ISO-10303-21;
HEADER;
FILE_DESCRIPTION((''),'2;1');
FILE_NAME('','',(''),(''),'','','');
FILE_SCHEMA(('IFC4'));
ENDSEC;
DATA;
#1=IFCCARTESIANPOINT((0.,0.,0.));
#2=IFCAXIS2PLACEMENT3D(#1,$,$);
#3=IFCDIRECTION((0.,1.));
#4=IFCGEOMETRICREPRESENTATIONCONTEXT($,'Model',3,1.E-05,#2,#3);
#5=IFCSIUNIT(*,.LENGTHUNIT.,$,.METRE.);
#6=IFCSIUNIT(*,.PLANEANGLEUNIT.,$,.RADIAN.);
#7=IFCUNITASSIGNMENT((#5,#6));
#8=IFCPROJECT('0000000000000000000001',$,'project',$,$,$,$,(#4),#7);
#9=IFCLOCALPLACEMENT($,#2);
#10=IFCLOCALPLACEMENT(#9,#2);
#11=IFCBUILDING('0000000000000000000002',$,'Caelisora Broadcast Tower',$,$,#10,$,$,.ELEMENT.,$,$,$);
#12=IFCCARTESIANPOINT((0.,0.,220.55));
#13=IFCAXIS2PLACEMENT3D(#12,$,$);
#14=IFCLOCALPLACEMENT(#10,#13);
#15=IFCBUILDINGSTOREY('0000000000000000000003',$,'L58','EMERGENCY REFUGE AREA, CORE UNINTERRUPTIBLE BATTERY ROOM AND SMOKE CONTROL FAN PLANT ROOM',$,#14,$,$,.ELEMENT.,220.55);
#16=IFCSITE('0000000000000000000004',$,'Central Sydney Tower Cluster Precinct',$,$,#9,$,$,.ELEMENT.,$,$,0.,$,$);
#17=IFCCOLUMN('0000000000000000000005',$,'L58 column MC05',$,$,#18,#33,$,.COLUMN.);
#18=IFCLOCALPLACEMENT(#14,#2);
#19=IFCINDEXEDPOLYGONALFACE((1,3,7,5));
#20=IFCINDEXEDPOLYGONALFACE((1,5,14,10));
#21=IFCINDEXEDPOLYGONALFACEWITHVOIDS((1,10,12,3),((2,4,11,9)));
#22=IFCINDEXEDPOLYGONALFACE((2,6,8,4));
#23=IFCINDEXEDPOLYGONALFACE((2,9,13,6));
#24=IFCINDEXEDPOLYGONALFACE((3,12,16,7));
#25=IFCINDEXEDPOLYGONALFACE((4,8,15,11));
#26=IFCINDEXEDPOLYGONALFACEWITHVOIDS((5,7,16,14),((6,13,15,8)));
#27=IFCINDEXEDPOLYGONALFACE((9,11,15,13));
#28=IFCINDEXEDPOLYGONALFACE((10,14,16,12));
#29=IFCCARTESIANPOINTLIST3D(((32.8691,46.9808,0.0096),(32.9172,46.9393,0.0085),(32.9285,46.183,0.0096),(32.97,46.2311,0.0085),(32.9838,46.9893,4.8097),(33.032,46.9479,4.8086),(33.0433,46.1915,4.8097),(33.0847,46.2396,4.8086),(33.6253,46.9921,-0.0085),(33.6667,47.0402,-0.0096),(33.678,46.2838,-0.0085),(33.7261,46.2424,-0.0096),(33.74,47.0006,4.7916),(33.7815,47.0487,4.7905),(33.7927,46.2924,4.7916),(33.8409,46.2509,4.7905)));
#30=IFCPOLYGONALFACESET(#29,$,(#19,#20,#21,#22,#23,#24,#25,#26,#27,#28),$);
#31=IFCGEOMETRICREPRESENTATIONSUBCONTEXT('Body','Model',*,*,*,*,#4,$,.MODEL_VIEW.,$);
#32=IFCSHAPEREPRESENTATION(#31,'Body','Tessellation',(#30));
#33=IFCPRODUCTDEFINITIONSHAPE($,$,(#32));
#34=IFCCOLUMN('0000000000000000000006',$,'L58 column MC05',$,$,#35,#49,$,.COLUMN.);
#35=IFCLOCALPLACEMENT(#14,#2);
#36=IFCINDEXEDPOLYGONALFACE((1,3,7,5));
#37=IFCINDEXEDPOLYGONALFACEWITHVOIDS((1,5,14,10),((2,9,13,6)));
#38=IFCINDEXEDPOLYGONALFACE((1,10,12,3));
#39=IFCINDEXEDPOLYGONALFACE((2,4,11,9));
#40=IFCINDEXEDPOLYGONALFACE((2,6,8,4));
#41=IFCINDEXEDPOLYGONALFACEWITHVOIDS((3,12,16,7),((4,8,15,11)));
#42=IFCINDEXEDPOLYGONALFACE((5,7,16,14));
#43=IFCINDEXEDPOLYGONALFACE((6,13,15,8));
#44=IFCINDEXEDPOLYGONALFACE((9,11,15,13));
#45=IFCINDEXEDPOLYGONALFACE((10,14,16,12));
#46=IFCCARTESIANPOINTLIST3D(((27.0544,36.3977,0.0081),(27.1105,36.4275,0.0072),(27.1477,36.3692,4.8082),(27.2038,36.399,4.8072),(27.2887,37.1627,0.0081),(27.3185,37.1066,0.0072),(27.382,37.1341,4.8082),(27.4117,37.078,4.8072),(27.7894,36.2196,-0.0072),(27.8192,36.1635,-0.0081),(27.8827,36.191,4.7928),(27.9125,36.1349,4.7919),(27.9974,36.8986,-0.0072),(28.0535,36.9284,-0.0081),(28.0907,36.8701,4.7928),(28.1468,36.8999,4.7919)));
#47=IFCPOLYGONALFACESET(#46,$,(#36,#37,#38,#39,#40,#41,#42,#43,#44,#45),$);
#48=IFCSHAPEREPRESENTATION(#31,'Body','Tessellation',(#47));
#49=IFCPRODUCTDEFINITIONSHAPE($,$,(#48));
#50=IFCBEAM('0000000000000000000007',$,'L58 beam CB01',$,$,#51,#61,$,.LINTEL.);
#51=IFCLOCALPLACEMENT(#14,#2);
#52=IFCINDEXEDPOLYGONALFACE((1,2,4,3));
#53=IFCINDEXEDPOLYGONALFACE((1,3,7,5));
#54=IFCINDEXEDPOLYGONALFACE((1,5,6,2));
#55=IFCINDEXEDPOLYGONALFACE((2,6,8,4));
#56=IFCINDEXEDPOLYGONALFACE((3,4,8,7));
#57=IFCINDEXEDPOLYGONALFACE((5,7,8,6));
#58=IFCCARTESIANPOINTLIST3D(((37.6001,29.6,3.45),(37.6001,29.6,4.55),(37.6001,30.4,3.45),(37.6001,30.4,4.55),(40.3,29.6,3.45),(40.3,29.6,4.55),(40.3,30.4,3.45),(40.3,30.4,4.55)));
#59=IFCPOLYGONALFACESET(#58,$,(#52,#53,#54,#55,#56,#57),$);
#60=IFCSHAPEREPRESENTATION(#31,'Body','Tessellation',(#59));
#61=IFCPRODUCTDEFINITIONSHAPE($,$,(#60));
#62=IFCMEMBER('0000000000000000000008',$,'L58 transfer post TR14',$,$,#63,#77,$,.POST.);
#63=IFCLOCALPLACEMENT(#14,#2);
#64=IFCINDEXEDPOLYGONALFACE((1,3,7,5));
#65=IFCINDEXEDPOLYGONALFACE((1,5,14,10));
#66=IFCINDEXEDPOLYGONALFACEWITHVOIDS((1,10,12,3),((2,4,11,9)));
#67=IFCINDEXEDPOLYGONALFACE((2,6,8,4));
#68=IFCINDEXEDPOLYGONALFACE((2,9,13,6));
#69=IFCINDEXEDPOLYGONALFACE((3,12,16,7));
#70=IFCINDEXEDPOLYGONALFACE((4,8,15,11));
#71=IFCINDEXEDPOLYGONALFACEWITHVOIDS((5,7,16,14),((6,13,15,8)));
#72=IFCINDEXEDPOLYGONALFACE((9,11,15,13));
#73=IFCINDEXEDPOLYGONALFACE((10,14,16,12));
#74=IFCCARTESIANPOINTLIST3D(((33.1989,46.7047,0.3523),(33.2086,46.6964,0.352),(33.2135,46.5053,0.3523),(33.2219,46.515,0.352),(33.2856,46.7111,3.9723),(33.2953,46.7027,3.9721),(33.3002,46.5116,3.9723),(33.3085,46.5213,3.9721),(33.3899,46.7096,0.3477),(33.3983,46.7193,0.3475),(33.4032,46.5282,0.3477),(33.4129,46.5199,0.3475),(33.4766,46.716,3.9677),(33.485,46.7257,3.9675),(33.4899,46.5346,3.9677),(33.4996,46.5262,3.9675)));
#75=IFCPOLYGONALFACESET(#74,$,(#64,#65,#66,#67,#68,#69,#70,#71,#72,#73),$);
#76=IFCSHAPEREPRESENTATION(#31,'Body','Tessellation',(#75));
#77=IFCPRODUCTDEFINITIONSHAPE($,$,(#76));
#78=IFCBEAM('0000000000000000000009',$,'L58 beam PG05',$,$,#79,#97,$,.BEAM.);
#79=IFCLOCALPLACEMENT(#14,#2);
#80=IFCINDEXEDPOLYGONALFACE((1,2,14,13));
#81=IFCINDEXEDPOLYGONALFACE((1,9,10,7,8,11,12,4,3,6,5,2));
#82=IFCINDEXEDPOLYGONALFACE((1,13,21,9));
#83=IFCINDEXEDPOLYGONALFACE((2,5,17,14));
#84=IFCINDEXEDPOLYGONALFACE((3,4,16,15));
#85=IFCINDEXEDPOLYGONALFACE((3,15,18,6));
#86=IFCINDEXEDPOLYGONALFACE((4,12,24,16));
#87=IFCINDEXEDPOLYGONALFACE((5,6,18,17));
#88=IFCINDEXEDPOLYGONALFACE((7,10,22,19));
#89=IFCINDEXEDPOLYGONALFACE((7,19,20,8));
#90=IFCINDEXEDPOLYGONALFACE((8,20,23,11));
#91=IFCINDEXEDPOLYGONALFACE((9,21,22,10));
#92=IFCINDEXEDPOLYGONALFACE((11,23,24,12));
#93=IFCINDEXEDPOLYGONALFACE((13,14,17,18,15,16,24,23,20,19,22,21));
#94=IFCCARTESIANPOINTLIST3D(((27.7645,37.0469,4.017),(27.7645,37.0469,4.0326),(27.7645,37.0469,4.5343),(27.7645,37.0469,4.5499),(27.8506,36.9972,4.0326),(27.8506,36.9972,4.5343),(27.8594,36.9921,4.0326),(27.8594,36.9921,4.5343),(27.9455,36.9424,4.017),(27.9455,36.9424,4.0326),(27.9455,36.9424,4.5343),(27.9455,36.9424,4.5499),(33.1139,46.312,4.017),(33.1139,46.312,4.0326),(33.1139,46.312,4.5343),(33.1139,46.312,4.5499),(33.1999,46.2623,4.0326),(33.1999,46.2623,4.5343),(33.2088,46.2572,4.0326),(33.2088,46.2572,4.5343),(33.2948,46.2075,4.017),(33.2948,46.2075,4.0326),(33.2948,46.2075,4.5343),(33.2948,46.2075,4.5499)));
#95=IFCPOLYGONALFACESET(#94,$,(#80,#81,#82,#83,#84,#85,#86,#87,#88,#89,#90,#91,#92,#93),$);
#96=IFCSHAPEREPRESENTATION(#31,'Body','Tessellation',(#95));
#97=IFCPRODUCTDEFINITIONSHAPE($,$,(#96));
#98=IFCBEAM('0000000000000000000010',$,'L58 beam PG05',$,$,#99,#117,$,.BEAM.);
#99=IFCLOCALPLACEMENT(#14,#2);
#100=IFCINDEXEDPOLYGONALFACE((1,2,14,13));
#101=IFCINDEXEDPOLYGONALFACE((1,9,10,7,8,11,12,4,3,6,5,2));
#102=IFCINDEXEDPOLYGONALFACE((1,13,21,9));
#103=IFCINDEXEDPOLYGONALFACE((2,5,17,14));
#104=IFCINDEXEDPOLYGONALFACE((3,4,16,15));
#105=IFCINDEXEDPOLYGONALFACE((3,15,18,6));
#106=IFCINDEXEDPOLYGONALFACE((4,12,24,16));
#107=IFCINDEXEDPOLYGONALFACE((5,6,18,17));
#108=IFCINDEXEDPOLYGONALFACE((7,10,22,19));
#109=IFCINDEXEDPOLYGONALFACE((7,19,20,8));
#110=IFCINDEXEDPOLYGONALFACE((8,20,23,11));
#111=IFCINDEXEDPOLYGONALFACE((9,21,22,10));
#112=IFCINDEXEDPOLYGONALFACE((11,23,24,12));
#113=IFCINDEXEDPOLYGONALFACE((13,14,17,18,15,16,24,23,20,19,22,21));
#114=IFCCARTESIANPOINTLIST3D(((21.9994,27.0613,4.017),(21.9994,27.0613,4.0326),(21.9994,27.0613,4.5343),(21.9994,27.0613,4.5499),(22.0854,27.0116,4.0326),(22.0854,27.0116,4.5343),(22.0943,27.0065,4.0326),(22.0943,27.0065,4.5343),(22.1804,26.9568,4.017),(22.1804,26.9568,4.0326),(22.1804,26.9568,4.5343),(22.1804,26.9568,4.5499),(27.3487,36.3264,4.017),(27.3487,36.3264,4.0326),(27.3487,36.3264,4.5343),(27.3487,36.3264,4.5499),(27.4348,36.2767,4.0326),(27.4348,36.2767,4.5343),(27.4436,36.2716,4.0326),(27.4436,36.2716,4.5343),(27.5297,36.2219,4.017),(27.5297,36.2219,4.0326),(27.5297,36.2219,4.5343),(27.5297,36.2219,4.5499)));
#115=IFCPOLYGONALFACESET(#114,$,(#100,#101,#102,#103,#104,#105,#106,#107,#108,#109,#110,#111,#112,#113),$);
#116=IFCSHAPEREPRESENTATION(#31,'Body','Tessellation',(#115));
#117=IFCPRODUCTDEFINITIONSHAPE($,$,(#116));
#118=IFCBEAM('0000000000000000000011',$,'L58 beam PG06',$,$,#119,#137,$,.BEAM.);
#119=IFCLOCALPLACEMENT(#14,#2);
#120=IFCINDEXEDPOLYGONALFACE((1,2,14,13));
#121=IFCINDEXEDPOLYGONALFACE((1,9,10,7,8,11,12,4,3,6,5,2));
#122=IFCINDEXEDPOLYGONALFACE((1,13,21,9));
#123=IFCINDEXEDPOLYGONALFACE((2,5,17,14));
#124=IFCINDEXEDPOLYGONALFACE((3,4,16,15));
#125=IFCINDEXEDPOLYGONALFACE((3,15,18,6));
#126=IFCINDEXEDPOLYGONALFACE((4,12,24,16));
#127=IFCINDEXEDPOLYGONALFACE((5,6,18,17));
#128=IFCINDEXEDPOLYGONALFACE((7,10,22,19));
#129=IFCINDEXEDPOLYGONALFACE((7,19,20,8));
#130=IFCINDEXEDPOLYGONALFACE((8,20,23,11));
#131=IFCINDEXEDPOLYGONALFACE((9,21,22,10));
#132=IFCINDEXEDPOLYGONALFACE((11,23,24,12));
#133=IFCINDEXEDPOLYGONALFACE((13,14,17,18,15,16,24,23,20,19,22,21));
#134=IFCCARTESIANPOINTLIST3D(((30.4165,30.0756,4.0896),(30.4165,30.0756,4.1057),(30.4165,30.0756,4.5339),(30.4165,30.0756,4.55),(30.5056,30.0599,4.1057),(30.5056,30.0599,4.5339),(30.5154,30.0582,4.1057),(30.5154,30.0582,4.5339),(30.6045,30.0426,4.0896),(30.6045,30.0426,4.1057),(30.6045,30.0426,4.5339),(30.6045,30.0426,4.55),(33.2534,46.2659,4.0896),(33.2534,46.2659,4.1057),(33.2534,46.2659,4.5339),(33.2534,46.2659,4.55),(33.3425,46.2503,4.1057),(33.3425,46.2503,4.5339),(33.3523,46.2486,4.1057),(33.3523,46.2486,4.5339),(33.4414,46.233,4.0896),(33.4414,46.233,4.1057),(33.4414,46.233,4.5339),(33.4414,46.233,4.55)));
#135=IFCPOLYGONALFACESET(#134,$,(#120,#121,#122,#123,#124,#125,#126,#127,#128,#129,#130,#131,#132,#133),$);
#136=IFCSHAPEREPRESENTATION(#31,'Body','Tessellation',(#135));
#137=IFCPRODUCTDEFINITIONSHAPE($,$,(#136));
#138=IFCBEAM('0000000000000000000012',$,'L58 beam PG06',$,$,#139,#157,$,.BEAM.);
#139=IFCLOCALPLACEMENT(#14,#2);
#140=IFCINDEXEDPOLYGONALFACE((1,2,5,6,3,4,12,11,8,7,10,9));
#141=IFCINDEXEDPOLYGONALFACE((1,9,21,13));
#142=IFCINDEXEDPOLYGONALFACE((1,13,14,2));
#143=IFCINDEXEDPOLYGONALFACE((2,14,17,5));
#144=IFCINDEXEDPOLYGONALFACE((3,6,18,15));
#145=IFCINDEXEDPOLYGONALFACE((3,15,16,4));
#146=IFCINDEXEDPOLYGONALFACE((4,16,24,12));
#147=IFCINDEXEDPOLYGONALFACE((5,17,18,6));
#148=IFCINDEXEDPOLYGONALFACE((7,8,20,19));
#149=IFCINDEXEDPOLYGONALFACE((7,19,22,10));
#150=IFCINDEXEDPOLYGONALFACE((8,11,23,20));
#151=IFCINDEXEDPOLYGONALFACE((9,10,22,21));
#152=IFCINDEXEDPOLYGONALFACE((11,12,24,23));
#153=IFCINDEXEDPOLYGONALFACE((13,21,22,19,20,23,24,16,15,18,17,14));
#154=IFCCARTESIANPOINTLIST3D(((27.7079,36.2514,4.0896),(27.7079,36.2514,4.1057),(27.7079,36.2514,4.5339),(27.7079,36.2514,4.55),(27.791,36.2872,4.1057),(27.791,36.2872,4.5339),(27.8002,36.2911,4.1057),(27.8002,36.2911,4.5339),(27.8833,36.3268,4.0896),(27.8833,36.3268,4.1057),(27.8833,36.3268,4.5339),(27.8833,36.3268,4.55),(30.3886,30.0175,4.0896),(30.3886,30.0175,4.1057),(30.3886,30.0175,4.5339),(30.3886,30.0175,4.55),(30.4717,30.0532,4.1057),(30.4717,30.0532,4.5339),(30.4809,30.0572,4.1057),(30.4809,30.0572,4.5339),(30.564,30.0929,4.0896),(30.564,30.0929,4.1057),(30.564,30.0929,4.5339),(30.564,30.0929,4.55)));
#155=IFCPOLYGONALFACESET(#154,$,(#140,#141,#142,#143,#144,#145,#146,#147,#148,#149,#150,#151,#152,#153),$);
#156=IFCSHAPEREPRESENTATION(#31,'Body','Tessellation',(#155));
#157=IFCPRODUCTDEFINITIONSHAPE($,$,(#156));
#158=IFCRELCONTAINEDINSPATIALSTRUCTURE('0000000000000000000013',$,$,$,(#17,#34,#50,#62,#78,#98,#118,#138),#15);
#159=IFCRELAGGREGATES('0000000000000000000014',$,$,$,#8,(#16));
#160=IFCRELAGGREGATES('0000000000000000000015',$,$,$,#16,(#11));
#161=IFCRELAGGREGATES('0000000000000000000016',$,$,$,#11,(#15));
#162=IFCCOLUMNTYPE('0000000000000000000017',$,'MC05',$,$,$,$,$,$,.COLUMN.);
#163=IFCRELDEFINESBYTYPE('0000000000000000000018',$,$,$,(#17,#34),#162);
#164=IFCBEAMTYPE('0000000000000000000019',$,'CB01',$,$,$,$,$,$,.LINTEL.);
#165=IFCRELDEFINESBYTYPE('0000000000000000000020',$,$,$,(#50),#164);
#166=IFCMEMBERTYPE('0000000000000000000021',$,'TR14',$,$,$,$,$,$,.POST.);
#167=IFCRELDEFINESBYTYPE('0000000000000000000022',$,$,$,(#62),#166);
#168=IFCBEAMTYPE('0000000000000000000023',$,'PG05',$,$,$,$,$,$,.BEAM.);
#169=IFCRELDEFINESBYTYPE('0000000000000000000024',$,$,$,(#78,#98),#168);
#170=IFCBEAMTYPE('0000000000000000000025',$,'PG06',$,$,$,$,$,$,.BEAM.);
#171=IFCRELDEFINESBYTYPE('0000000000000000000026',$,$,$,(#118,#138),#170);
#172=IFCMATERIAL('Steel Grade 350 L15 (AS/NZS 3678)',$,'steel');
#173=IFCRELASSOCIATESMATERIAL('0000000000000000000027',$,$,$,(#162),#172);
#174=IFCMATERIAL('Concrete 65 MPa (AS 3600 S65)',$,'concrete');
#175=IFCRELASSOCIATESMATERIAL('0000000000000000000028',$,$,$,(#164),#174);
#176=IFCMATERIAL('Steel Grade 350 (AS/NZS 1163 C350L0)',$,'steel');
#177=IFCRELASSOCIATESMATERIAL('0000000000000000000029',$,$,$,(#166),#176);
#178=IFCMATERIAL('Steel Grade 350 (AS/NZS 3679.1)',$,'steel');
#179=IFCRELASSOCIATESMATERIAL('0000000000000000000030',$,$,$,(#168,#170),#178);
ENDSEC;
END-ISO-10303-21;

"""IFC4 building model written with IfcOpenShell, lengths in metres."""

from ifc_helpers import new_model, si_unit, direction, frame, origin, origin_2d, place, context, subcontext, project, spatial, rectangle, hollow_rectangle, i_section, extrude, source, transform, mapped, material, material_profile, profile_set, type_object, type_shapes, element, save


model = new_model("IFC4")

# Units and contexts
model_context = context("Model", 3, precision=1e-05, world=origin(), true_north=direction((0.0, 1.0)))
body_context = subcontext(model_context, "Body", "Model", "MODEL_VIEW")
ifc_project = project(units=[si_unit("LENGTHUNIT", "METRE"), si_unit("PLANEANGLEUNIT", "RADIAN")], contexts=[model_context])

# Site, building, storey
site_placement = place(None, origin())
site = spatial("IfcSite", under=ifc_project, at=site_placement, Name="Central Sydney Tower Cluster Precinct", CompositionType="ELEMENT", RefElevation=0.0)
building_placement = place(site_placement, origin())
building = spatial("IfcBuilding", under=site, at=building_placement, Name="Caelisora Broadcast Tower", CompositionType="ELEMENT")
storey_placement = place(building_placement, frame((0.0, 0.0, 220.55)))
storey = spatial("IfcBuildingStorey", under=building, at=storey_placement, Name="L58", Description="EMERGENCY REFUGE AREA, CORE UNINTERRUPTIBLE BATTERY ROOM AND SMOKE CONTROL FAN PLANT ROOM", CompositionType="ELEMENT", Elevation=220.55)

# Columns
ifc_material_1 = material(Name="Steel Grade 350 L15 (AS/NZS 3678)", Category="steel")
ifc_material_profile_1 = material_profile(ifc_material_1, hollow_rectangle(XDim=0.8, YDim=0.8, WallThickness=0.0449, at=origin_2d()), Name="Steel Grade 350 L15 (AS/NZS 3678)")
ifc_profile_set_1 = profile_set([ifc_material_profile_1], Name="Steel Grade 350 L15 (AS/NZS 3678)")
column_type = type_object("IfcColumnType", Name="MC05", PredefinedType="COLUMN", material=ifc_profile_set_1)
shared_shape_1 = source(origin(), body_context, "Body", "SweptSolid", [
    extrude(hollow_rectangle(XDim=0.8, YDim=0.8, WallThickness=0.0449, at=origin_2d()), origin(), (0.0, 0.0, 1.0), 4.8015),
])
column_1_placement = place(storey_placement, frame((33.2976, 46.6116, 0.0), z_axis=(0.023898, 0.00178, 0.999713), x_axis=(-0.074262, 0.997239, 0.0)))
element("IfcColumn", 1, at=column_1_placement, inside=storey, type_object=column_type, Name="L58 column MC05", PredefinedType="COLUMN", context=body_context, shape_type="MappedRepresentation", body=[
    mapped(shared_shape_1, transform((0.0, 0.0, 0.0), scale=1.0)),
])
shared_shape_2 = source(origin(), body_context, "Body", "SweptSolid", [
    extrude(hollow_rectangle(XDim=0.8, YDim=0.8, WallThickness=0.0449, at=origin_2d()), origin(), (0.0, 0.0, 1.0), 4.801),
])
type_shapes(column_type, [shared_shape_1, shared_shape_2])
column_2_placement = place(storey_placement, frame((27.554, 36.6631, 0.0), z_axis=(0.019425, -0.00595, 0.999794), x_axis=(0.292854, 0.956157, 0.0)))
element("IfcColumn", 2, at=column_2_placement, inside=storey, type_object=column_type, Name="L58 column MC05", PredefinedType="COLUMN", context=body_context, shape_type="MappedRepresentation", body=[
    mapped(shared_shape_2, transform((0.0, 0.0, 0.0), scale=1.0)),
])

# Beam
ifc_material_2 = material(Name="Concrete 65 MPa (AS 3600 S65)", Category="concrete")
ifc_material_profile_2 = material_profile(ifc_material_2, rectangle(XDim=0.8, YDim=1.1001, at=origin_2d()), Name="Concrete 65 MPa (AS 3600 S65)")
ifc_profile_set_2 = profile_set([ifc_material_profile_2], Name="Concrete 65 MPa (AS 3600 S65)")
beam_type_1 = type_object("IfcBeamType", Name="CB01", PredefinedType="LINTEL", material=ifc_profile_set_2)
shared_shape_3 = source(origin(), body_context, "Body", "SweptSolid", [
    extrude(rectangle(XDim=0.8, YDim=1.1001, at=origin_2d()), origin(), (0.0, 0.0, 1.0), 2.7),
])
type_shapes(beam_type_1, [shared_shape_3])
beam_1_placement = place(storey_placement, frame((37.6001, 30.0, 4.0), z_axis=(1.0, 0.0, 0.0), x_axis=(0.0, 1.0, 0.0)))
element("IfcBeam", 3, at=beam_1_placement, inside=storey, type_object=beam_type_1, Name="L58 beam CB01", PredefinedType="LINTEL", context=body_context, shape_type="MappedRepresentation", body=[
    mapped(shared_shape_3, transform((0.0, 0.0, 0.0), scale=1.0)),
])

# Member
ifc_material_3 = material(Name="Steel Grade 350 (AS/NZS 1163 C350L0)", Category="steel")
ifc_material_profile_3 = material_profile(ifc_material_3, hollow_rectangle(XDim=0.2, YDim=0.2, WallThickness=0.009, at=origin_2d()), Name="Steel Grade 350 (AS/NZS 1163 C350L0)")
ifc_profile_set_3 = profile_set([ifc_material_profile_3], Name="Steel Grade 350 (AS/NZS 1163 C350L0)")
member_type_1 = type_object("IfcMemberType", Name="TR14", PredefinedType="POST", material=ifc_profile_set_3)
shared_shape_4 = source(origin(), body_context, "Body", "SweptSolid", [
    extrude(hollow_rectangle(XDim=0.2, YDim=0.2, WallThickness=0.009, at=origin_2d()), origin(), (0.0, 0.0, 1.0), 3.6211),
])
type_shapes(member_type_1, [shared_shape_4])
member_1_placement = place(storey_placement, frame((33.3059, 46.6123, 0.3499), z_axis=(0.023934, 0.001753, 0.999712), x_axis=(-0.073044, 0.997329, 0.0)))
element("IfcMember", 4, at=member_1_placement, inside=storey, type_object=member_type_1, Name="L58 transfer post TR14", PredefinedType="POST", context=body_context, shape_type="MappedRepresentation", body=[
    mapped(shared_shape_4, transform((0.0, 0.0, 0.0), scale=1.0)),
])

# Beams
ifc_material_4 = material(Name="Steel Grade 350 (AS/NZS 3679.1)", Category="steel")
ifc_material_profile_4 = material_profile(ifc_material_4, i_section(OverallWidth=0.209, OverallDepth=0.533, WebThickness=0.0103, FlangeThickness=0.0156, at=origin_2d()), Name="Steel Grade 350 (AS/NZS 3679.1)")
ifc_profile_set_4 = profile_set([ifc_material_profile_4], Name="Steel Grade 350 (AS/NZS 3679.1)")
beam_type_2 = type_object("IfcBeamType", Name="PG05", PredefinedType="BEAM", material=ifc_profile_set_4)
shared_shape_5 = source(origin(), body_context, "Body", "SweptSolid", [
    extrude(i_section(OverallWidth=0.209, OverallDepth=0.533, WebThickness=0.0103, FlangeThickness=0.0156, at=origin_2d()), origin(), (0.0, 0.0, 1.0), 10.6985),
])
type_shapes(beam_type_2, [shared_shape_5])
for number, where, z_axis, x_axis, name in (
    (5, (33.2043, 46.2598, 4.2834), (-0.50001, -0.86602, 0.0), (0.86602, -0.50001, 0.0), "L58 beam PG05"),
    (6, (27.4392, 36.2742, 4.2834), (-0.50001, -0.86602, 0.0), (0.86602, -0.50001, 0.0), "L58 beam PG05"),
):
    element("IfcBeam", number, at=place(storey_placement, frame(where, z_axis=z_axis, x_axis=x_axis)), inside=storey, type_object=beam_type_2, Name=name, PredefinedType="BEAM", context=body_context, shape_type="MappedRepresentation", body=[
        mapped(shared_shape_5, transform((0.0, 0.0, 0.0), scale=1.0)),
    ])
ifc_material_profile_5 = material_profile(ifc_material_4, i_section(OverallWidth=0.1909, OverallDepth=0.4604, WebThickness=0.01, FlangeThickness=0.0161, at=origin_2d()), Name="Steel Grade 350 (AS/NZS 3679.1)")
ifc_profile_set_5 = profile_set([ifc_material_profile_5], Name="Steel Grade 350 (AS/NZS 3679.1)")
beam_type_3 = type_object("IfcBeamType", Name="PG06", PredefinedType="BEAM", material=ifc_profile_set_5)
shared_shape_6 = source(origin(), body_context, "Body", "SweptSolid", [
    extrude(i_section(OverallWidth=0.1909, OverallDepth=0.4604, WebThickness=0.01, FlangeThickness=0.0161, at=origin_2d()), origin(), (0.0, 0.0, 1.0), 16.437),
])
beam_2_placement = place(storey_placement, frame((30.5105, 30.0591, 4.3198), z_axis=(0.172592, 0.984993, 0.0), x_axis=(-0.984993, 0.172592, 0.0)))
element("IfcBeam", 7, at=beam_2_placement, inside=storey, type_object=beam_type_3, Name="L58 beam PG06", PredefinedType="BEAM", context=body_context, shape_type="MappedRepresentation", body=[
    mapped(shared_shape_6, transform((0.0, 0.0, 0.0), scale=1.0)),
])
shared_shape_7 = source(origin(), body_context, "Body", "SweptSolid", [
    extrude(i_section(OverallWidth=0.1909, OverallDepth=0.4604, WebThickness=0.01, FlangeThickness=0.0161, at=origin_2d()), origin(), (0.0, 0.0, 1.0), 6.7859),
])
type_shapes(beam_type_3, [shared_shape_6, shared_shape_7])
beam_3_placement = place(storey_placement, frame((30.4763, 30.0552, 4.3198), z_axis=(-0.395039, 0.918664, 0.0), x_axis=(-0.918664, -0.395039, 0.0)))
element("IfcBeam", 8, at=beam_3_placement, inside=storey, type_object=beam_type_3, Name="L58 beam PG06", PredefinedType="BEAM", context=body_context, shape_type="MappedRepresentation", body=[
    mapped(shared_shape_7, transform((0.0, 0.0, 0.0), scale=1.0)),
])

save(model, "model.ifc")
